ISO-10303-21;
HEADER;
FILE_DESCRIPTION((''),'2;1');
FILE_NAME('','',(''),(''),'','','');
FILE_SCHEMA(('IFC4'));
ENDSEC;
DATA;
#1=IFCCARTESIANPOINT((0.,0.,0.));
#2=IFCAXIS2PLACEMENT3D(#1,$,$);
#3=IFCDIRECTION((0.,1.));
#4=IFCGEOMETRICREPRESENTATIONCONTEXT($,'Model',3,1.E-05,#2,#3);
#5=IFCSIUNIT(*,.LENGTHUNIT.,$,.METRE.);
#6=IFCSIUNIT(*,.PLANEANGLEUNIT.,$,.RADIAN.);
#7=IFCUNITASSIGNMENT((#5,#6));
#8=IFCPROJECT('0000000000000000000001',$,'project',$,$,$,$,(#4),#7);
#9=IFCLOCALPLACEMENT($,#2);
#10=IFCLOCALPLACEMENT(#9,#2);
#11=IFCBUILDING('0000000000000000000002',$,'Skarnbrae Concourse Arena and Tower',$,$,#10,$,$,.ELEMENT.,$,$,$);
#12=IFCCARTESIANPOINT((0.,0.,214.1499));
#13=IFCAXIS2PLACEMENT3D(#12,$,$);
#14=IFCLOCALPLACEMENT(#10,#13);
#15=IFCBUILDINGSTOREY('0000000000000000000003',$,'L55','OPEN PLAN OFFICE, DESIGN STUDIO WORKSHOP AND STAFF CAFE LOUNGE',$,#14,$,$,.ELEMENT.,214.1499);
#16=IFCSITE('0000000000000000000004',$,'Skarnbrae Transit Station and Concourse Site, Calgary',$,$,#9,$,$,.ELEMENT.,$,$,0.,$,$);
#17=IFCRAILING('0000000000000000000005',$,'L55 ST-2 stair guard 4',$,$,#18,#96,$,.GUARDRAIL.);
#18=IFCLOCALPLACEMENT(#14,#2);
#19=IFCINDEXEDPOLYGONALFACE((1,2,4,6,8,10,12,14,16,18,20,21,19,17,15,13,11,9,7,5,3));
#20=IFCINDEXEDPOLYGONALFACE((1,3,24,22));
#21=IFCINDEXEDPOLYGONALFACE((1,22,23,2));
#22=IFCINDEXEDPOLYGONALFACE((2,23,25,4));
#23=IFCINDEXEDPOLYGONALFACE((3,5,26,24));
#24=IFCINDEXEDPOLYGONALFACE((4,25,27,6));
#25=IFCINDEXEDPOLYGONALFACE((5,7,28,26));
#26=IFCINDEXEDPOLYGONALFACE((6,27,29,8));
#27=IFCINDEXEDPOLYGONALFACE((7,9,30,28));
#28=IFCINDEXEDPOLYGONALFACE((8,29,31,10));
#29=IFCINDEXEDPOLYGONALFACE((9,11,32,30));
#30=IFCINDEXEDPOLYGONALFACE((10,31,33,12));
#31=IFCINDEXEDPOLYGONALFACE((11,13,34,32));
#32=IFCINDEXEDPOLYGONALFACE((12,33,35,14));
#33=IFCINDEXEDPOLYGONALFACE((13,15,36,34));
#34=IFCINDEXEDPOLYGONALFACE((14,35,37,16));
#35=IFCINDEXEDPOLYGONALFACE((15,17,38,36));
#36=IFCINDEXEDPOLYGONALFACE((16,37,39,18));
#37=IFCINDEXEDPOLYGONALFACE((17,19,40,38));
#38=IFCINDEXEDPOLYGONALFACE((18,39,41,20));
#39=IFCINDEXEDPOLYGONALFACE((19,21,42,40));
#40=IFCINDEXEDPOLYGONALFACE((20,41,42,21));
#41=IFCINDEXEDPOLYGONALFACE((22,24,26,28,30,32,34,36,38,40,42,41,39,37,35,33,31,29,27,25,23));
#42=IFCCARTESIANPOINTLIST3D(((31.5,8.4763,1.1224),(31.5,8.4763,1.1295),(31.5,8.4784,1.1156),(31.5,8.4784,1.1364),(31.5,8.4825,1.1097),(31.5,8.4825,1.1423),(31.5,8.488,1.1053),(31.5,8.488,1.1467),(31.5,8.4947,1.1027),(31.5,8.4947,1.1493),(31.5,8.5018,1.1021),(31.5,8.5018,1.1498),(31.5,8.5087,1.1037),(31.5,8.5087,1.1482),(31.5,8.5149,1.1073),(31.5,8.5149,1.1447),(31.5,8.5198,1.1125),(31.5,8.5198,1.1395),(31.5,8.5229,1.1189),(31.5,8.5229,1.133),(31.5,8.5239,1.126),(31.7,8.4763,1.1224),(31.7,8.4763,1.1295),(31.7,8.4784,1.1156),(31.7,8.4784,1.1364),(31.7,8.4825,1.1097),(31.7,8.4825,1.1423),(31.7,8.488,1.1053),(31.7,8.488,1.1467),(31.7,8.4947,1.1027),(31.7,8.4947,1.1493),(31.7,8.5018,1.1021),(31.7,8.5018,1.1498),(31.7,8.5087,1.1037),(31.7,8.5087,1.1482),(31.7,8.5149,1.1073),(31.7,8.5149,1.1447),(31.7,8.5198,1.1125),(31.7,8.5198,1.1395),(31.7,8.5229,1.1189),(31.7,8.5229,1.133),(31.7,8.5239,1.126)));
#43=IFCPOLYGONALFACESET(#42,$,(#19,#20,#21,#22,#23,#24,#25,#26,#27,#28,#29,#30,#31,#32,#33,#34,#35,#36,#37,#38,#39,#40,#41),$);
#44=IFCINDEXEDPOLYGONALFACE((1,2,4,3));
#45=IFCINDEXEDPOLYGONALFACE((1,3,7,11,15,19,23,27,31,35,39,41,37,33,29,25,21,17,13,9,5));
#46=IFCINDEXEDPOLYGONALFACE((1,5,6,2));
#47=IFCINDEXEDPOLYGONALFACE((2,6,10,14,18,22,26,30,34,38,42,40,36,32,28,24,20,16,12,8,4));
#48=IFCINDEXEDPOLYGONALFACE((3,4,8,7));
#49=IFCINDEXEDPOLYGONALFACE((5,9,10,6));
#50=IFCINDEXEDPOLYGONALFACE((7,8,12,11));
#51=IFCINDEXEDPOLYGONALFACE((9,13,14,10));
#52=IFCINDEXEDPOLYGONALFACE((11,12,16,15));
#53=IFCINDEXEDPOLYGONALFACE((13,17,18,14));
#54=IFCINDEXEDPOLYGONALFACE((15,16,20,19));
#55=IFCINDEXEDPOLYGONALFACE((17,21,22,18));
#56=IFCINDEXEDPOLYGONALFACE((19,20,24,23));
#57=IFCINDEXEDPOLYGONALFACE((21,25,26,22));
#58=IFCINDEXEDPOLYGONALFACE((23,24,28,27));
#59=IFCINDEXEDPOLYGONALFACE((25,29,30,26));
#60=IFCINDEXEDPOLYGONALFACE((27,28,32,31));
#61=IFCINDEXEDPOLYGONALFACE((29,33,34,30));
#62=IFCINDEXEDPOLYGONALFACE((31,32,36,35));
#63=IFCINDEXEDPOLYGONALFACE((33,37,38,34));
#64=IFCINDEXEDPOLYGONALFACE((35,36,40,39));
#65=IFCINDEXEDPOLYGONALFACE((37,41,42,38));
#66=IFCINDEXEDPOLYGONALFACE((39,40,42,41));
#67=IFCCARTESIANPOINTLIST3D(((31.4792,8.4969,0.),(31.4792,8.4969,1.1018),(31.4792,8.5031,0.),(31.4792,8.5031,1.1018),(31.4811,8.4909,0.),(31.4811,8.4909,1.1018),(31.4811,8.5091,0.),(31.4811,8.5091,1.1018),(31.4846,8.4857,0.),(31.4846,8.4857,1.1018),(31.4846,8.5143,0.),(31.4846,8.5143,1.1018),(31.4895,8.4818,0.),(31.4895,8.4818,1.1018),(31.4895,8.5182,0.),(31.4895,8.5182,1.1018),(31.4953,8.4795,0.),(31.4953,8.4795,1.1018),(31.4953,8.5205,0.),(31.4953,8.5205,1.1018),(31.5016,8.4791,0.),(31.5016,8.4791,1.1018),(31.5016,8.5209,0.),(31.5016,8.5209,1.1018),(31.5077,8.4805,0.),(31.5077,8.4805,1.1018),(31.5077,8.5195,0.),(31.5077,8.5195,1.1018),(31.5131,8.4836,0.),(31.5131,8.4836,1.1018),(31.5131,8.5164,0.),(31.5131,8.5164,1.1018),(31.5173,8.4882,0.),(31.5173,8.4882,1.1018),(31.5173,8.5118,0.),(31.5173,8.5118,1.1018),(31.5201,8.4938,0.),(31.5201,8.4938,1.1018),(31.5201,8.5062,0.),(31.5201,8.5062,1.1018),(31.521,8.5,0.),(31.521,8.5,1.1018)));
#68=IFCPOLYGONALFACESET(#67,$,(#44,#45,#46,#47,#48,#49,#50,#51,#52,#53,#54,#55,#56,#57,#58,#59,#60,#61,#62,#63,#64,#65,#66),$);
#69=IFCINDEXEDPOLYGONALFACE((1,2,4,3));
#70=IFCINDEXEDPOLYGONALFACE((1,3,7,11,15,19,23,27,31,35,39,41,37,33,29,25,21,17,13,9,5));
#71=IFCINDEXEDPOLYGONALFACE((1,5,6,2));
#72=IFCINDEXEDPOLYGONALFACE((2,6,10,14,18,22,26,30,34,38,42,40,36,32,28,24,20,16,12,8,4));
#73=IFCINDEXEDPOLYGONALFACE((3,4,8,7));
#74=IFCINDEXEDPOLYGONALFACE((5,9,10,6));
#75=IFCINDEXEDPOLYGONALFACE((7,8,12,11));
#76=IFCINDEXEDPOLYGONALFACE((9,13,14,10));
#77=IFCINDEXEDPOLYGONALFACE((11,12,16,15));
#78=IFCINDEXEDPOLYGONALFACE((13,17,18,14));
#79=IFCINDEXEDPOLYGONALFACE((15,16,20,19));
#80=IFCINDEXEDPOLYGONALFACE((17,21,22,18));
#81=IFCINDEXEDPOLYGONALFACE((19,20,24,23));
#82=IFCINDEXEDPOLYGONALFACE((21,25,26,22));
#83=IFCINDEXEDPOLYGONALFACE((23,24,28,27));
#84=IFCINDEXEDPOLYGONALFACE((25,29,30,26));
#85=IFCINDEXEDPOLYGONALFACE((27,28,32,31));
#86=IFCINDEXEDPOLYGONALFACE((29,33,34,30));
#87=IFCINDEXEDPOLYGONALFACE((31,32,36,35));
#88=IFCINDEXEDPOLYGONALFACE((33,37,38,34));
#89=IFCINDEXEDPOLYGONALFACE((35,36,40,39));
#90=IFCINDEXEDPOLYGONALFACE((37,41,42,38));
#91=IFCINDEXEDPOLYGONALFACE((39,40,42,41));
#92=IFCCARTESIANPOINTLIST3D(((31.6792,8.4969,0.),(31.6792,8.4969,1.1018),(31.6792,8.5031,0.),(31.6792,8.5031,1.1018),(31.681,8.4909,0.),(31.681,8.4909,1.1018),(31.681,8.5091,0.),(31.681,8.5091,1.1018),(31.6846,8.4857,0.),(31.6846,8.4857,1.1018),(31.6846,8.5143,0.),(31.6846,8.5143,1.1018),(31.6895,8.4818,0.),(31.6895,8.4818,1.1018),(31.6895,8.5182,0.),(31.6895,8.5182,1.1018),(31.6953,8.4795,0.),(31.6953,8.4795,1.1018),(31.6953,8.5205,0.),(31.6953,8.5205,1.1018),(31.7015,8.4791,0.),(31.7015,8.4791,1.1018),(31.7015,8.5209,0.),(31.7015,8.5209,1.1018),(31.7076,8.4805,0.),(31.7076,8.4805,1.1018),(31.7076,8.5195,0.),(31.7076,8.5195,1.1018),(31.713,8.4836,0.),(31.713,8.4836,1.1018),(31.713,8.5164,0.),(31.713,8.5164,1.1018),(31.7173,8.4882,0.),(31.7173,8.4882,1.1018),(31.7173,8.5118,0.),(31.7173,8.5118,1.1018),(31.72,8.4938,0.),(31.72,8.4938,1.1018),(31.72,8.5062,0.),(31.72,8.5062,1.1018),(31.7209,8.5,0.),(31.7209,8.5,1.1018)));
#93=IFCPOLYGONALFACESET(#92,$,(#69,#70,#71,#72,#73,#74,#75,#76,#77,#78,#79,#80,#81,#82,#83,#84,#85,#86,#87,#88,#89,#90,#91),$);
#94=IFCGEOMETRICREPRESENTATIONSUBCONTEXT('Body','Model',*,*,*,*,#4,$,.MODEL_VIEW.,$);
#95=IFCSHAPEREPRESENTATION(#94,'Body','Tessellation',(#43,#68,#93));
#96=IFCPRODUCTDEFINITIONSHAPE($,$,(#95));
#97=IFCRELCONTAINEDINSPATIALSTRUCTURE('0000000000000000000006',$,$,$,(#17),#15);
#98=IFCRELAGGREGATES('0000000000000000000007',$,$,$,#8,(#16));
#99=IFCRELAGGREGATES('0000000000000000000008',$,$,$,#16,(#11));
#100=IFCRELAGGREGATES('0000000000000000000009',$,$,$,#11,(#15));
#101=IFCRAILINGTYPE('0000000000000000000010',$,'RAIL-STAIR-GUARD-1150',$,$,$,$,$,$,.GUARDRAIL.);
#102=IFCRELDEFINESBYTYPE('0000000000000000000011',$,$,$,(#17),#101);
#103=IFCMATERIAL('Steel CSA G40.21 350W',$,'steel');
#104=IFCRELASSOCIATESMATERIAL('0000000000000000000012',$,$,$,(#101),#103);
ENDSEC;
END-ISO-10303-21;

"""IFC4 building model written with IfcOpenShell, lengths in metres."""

from ifc_helpers import new_model, si_unit, direction, frame, origin, origin_2d, place, context, subcontext, project, spatial, circle, extrude, material, type_object, element, save


model = new_model("IFC4")

# Units and contexts
model_context = context("Model", 3, precision=1e-05, world=origin(), true_north=direction((0.0, 1.0)))
body_context = subcontext(model_context, "Body", "Model", "MODEL_VIEW")
ifc_project = project(units=[si_unit("LENGTHUNIT", "METRE"), si_unit("PLANEANGLEUNIT", "RADIAN")], contexts=[model_context])

# Site, building, storey
site_placement = place(None, origin())
site = spatial("IfcSite", under=ifc_project, at=site_placement, Name="Skarnbrae Transit Station and Concourse Site, Calgary", CompositionType="ELEMENT", RefElevation=0.0)
building_placement = place(site_placement, origin())
building = spatial("IfcBuilding", under=site, at=building_placement, Name="Skarnbrae Concourse Arena and Tower", CompositionType="ELEMENT")
storey_placement = place(building_placement, frame((0.0, 0.0, 214.1499)))
storey = spatial("IfcBuildingStorey", under=building, at=storey_placement, Name="L55", Description="OPEN PLAN OFFICE, DESIGN STUDIO WORKSHOP AND STAFF CAFE LOUNGE", CompositionType="ELEMENT", Elevation=214.1499)

# Shared definitions
ifc_material_1 = material(Name="Steel CSA G40.21 350W", Category="steel")

# Railing
railing_type = type_object("IfcRailingType", Name="RAIL-STAIR-GUARD-1150", PredefinedType="GUARDRAIL", material=ifc_material_1)
railing_1_placement = place(storey_placement, frame((31.5, 8.5, 0.0)))
element("IfcRailing", 1, at=railing_1_placement, inside=storey, type_object=railing_type, Name="L55 ST-2 stair guard 4", PredefinedType="GUARDRAIL", context=body_context, shape_type="SweptSolid", body=[
    extrude(circle(Radius=0.0239, at=origin_2d()), frame((0.0, 0.0, 1.126), z_axis=(1.0, 0.0, 0.0), x_axis=(0.0, 1.0, 0.0)), (0.0, 0.0, 1.0), 0.2),
    extrude(circle(Radius=0.021, at=origin_2d()), origin(), (0.0, 0.0, 1.0), 1.1018),
    extrude(circle(Radius=0.021, at=origin_2d()), frame((0.2, 0.0, 0.0)), (0.0, 0.0, 1.0), 1.1018),
])

save(model, "model.ifc")
